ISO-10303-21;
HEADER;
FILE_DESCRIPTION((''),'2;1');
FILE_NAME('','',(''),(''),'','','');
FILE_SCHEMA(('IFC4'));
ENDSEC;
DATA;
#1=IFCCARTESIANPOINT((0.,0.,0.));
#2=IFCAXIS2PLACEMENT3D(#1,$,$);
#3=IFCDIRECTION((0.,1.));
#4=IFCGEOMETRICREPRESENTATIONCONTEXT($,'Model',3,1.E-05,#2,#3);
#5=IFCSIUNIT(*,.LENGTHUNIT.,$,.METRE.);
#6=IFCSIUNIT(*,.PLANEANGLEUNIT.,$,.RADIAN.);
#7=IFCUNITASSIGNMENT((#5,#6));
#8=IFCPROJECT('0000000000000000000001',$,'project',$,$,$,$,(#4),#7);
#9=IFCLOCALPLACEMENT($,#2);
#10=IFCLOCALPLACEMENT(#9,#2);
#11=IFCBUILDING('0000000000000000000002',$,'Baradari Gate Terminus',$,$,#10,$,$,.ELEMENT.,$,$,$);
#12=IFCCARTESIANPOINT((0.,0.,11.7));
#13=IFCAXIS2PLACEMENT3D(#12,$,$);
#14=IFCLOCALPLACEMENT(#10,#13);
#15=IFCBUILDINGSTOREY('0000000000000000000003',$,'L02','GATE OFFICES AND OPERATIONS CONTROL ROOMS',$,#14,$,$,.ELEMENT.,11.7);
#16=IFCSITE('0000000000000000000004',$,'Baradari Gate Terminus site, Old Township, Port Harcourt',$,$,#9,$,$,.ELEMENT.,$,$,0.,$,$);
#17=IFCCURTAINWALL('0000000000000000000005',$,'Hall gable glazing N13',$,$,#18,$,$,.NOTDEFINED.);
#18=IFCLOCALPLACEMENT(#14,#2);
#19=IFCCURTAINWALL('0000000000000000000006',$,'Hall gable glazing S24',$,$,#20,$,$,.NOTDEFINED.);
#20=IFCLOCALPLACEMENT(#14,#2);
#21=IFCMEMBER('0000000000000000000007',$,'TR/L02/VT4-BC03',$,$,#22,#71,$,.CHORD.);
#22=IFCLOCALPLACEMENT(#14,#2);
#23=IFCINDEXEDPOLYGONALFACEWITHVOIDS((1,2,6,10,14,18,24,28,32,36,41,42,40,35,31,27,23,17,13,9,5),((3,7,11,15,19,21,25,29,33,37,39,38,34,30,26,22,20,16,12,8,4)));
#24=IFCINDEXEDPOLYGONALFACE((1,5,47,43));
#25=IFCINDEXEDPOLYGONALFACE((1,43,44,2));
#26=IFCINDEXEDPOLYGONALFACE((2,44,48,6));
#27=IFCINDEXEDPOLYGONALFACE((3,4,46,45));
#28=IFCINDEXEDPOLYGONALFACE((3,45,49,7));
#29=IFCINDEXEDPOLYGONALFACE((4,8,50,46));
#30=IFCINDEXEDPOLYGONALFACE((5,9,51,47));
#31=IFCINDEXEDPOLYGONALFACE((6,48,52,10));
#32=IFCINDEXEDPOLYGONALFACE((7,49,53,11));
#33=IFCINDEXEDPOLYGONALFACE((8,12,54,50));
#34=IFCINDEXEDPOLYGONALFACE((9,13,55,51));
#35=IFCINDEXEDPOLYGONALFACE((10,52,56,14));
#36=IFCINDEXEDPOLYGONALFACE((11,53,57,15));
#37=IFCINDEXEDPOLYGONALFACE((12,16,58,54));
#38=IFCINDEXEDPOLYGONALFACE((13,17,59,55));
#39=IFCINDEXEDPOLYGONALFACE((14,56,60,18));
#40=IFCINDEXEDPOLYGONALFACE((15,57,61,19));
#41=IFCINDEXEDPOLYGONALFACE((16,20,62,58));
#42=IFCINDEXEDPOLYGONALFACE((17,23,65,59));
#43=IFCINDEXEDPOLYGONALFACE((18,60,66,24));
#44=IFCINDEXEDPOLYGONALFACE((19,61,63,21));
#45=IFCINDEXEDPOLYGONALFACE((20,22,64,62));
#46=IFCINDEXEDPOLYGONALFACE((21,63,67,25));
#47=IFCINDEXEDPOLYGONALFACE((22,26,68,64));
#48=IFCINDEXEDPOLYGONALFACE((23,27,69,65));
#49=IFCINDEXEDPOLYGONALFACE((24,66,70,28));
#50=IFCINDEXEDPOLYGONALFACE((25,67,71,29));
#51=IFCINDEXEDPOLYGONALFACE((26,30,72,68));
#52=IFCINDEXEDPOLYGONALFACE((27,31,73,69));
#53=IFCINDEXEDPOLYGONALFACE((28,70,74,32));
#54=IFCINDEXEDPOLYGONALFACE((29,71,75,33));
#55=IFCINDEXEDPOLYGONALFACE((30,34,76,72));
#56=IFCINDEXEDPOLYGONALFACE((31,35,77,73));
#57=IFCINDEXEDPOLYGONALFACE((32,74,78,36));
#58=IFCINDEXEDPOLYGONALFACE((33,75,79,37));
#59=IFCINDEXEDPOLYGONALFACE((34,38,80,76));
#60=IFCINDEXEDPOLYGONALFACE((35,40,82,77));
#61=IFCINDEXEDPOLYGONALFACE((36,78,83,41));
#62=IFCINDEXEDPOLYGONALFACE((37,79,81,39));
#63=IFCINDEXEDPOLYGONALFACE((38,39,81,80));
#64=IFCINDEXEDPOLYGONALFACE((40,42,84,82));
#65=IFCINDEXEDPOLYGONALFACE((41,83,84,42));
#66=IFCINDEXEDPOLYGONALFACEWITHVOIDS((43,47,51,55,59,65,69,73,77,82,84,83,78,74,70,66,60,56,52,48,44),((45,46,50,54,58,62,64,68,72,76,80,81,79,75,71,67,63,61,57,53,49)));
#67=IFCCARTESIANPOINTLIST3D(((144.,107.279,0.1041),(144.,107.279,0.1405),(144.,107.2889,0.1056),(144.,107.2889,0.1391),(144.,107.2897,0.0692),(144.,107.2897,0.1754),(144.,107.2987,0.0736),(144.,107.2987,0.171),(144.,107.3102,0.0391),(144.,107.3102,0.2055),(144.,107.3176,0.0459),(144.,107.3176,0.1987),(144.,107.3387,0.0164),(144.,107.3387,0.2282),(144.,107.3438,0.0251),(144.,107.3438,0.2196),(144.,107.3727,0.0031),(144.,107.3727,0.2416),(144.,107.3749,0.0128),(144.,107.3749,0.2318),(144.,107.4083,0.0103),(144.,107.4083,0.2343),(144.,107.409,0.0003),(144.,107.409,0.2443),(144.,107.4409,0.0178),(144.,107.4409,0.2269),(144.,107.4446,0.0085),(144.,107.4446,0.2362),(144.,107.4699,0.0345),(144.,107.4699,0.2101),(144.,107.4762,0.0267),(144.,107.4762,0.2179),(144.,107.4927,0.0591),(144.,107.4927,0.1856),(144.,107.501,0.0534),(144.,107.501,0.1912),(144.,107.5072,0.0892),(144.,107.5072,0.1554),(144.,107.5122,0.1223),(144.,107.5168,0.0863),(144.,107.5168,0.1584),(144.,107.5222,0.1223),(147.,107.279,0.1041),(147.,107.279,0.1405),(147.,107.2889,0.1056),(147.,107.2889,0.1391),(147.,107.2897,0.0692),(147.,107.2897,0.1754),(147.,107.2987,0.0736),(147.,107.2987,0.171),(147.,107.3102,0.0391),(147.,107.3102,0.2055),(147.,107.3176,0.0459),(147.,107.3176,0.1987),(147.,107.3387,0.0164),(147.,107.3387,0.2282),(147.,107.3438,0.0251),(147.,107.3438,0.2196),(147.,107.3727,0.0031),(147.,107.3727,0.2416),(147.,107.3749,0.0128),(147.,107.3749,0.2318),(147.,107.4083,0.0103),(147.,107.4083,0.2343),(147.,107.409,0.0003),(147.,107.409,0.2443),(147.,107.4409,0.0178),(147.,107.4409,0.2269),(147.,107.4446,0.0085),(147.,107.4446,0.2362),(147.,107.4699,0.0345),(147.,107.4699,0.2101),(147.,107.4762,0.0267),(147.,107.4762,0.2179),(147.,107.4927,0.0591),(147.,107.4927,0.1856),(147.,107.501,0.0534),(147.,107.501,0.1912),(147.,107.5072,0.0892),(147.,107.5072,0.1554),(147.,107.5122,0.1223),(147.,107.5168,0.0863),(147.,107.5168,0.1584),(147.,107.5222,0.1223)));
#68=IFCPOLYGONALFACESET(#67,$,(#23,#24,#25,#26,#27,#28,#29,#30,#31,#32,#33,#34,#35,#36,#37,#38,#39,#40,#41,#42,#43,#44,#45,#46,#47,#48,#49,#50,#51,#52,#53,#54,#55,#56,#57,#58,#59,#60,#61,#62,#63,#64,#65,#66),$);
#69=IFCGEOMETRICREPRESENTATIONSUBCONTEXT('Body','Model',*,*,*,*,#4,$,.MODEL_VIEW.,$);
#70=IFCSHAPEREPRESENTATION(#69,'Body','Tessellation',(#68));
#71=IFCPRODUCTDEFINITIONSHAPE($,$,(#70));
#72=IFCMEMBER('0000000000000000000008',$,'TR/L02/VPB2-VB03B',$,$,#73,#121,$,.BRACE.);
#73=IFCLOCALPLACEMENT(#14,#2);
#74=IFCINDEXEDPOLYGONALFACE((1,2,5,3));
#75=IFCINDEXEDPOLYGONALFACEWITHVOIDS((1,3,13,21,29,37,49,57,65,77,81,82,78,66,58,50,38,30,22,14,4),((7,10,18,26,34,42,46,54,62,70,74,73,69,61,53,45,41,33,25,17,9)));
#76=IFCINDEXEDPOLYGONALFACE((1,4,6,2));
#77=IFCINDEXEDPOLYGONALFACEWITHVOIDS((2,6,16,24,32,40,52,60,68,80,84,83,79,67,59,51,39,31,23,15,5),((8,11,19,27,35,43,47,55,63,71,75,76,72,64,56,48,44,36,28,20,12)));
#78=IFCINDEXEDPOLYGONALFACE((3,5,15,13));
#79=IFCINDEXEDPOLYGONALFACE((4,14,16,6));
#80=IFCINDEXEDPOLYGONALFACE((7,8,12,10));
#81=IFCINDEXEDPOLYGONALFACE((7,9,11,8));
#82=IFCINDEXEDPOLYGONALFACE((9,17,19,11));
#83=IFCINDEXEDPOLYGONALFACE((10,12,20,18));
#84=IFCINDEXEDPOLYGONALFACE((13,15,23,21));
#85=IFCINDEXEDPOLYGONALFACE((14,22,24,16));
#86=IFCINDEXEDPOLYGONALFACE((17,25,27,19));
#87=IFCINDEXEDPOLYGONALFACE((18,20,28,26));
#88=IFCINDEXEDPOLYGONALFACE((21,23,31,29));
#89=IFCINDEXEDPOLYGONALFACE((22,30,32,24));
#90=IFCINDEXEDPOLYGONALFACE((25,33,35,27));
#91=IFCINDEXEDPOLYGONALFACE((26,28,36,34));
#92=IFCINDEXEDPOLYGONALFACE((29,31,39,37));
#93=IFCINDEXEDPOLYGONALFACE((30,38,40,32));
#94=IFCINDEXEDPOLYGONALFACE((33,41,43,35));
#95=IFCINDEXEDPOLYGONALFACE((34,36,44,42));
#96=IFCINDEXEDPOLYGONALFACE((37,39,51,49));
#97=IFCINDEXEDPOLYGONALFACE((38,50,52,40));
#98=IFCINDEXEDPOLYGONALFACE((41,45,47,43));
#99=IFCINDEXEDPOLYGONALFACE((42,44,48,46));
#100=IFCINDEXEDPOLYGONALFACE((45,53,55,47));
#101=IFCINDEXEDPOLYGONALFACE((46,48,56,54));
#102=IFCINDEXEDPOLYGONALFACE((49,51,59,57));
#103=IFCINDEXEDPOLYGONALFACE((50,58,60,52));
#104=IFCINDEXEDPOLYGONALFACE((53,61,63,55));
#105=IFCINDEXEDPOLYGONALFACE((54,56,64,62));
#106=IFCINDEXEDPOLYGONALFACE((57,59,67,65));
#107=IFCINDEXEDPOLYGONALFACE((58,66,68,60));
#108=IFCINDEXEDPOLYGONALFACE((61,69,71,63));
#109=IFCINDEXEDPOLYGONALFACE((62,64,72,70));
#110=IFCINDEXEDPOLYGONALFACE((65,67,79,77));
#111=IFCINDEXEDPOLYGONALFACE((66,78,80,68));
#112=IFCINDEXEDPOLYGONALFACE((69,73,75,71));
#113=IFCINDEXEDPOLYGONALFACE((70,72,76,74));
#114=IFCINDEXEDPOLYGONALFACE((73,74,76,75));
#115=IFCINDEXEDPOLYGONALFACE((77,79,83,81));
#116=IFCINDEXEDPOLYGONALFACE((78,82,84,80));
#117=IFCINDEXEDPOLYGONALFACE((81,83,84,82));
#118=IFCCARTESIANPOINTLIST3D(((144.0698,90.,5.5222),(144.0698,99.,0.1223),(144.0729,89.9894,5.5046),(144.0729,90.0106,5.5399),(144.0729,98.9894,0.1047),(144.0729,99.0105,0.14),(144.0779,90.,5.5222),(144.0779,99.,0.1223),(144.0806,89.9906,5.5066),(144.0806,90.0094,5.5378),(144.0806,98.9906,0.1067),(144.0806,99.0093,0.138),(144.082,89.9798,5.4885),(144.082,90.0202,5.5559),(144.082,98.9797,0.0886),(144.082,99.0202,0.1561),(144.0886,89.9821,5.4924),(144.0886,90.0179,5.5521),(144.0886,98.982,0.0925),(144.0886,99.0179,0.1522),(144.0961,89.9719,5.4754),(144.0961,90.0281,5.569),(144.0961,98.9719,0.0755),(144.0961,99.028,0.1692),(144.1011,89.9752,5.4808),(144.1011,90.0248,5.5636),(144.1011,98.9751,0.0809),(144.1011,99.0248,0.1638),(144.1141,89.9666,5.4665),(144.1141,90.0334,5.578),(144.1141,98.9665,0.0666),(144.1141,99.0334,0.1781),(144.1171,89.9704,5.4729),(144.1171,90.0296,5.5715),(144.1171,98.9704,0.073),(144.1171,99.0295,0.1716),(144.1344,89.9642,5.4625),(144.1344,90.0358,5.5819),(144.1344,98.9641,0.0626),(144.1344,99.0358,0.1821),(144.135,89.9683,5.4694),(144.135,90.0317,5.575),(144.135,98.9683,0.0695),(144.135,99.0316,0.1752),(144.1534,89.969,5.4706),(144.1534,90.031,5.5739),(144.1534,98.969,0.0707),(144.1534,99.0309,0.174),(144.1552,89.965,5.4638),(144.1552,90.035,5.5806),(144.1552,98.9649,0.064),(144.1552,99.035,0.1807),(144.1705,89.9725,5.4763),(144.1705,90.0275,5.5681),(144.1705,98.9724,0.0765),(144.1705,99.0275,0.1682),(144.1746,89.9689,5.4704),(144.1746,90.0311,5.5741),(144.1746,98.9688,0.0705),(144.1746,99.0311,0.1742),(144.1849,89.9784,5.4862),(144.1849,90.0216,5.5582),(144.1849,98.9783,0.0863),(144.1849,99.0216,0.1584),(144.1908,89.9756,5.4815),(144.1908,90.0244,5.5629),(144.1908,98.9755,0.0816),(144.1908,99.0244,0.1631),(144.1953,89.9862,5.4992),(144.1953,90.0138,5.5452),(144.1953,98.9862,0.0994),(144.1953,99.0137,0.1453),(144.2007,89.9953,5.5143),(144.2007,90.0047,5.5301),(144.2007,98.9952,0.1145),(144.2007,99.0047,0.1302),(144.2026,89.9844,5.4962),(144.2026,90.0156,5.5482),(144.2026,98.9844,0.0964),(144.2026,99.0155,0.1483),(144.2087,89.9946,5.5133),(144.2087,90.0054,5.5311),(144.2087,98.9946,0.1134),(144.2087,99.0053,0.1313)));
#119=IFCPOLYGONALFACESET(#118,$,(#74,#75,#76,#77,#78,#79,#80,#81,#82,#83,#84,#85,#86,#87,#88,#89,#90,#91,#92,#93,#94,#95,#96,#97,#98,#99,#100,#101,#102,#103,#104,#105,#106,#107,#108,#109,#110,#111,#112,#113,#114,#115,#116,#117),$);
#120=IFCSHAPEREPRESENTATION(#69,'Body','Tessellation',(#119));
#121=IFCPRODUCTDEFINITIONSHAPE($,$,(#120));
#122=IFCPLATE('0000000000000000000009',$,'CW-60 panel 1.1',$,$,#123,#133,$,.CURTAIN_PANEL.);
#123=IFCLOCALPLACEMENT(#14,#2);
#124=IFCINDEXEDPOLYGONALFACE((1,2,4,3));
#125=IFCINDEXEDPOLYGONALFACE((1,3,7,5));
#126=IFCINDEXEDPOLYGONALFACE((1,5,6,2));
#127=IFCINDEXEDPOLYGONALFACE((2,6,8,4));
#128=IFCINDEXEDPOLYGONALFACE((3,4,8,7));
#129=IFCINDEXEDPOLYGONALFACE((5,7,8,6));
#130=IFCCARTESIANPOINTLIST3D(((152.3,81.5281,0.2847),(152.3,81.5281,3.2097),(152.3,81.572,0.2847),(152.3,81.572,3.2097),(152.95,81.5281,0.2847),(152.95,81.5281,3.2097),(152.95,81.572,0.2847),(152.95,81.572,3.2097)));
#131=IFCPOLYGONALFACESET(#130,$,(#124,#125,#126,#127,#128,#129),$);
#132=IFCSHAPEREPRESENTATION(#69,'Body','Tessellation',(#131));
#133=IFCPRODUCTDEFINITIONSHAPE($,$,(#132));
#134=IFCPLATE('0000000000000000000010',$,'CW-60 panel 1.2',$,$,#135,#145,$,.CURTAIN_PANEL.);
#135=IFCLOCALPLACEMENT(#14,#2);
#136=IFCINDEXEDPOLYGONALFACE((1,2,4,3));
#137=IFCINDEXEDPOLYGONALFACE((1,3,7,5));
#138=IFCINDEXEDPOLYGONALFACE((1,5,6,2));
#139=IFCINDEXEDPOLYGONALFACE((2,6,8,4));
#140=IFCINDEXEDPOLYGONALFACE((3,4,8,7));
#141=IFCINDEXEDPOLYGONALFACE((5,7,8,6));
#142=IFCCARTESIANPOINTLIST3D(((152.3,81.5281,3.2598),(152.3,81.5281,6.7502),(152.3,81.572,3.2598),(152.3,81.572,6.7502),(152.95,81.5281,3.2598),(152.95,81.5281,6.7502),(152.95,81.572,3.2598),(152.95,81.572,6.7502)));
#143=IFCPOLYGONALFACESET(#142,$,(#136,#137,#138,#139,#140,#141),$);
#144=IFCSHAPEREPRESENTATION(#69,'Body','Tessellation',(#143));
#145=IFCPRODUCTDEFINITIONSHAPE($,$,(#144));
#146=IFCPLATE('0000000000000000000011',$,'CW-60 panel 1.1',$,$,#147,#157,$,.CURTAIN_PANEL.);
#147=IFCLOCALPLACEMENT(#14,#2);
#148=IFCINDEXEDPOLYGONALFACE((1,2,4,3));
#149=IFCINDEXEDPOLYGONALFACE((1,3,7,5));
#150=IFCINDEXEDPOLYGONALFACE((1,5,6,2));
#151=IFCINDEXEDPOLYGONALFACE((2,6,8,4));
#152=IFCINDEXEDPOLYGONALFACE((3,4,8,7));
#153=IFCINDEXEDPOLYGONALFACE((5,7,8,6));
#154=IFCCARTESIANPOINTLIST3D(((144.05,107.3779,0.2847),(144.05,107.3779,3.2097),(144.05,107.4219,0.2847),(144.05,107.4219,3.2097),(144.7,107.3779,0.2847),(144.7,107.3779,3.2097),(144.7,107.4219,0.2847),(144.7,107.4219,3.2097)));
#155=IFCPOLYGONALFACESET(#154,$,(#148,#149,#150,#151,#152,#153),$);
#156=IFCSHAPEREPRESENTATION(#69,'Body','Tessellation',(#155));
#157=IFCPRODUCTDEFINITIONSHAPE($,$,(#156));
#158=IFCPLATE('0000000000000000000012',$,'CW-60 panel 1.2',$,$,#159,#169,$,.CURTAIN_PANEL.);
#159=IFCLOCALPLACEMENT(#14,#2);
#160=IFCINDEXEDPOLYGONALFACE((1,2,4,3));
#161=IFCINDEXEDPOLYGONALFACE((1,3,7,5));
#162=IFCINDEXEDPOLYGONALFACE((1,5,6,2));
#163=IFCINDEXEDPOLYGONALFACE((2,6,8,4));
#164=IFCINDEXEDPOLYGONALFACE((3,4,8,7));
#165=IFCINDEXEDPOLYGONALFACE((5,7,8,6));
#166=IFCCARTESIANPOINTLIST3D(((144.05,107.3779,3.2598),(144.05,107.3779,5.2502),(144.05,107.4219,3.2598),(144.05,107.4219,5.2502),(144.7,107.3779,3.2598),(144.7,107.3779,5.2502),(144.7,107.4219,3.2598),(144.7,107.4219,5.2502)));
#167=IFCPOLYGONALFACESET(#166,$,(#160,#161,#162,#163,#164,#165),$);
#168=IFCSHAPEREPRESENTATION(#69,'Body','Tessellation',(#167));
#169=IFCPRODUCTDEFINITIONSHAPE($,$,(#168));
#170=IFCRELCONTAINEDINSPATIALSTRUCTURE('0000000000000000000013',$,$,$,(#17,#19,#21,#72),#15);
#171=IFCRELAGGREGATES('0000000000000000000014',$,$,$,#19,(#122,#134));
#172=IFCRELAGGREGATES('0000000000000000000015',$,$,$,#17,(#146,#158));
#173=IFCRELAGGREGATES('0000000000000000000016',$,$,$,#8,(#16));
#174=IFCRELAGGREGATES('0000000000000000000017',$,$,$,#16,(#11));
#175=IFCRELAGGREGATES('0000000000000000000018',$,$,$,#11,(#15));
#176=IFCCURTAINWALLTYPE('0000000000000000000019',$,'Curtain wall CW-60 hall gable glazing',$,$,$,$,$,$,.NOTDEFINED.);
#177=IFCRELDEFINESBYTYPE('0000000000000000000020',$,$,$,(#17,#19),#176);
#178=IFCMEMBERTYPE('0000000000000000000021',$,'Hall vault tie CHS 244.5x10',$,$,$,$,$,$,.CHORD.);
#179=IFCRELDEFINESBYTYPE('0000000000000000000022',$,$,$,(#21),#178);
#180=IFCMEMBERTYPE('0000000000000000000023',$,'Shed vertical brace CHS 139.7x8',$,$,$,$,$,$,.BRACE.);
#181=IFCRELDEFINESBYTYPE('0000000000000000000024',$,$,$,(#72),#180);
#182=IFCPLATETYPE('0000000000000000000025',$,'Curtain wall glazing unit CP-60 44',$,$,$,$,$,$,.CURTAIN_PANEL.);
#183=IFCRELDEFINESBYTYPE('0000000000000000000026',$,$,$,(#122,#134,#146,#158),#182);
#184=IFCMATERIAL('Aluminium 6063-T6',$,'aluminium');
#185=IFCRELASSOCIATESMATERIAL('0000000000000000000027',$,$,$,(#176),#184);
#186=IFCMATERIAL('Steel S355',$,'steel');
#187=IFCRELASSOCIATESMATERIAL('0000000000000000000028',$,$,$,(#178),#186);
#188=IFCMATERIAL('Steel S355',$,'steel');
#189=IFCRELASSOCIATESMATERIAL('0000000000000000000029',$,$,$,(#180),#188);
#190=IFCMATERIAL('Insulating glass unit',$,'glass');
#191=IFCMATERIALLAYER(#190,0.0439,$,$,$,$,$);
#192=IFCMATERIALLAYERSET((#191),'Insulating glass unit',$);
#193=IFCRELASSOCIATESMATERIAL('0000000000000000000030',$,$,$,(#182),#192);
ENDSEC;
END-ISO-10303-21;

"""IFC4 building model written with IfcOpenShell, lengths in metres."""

from ifc_helpers import new_model, si_unit, direction, frame, origin, origin_2d, place, context, subcontext, project, spatial, rectangle, hollow_circle, extrude, material, layer, layer_set, material_profile, profile_set, type_object, element, aggregate, save


model = new_model("IFC4")

# Units and contexts
model_context = context("Model", 3, precision=1e-05, world=origin(), true_north=direction((0.0, 1.0)))
body_context = subcontext(model_context, "Body", "Model", "MODEL_VIEW")
ifc_project = project(units=[si_unit("LENGTHUNIT", "METRE"), si_unit("PLANEANGLEUNIT", "RADIAN")], contexts=[model_context])

# Site, building, storey
site_placement = place(None, origin())
site = spatial("IfcSite", under=ifc_project, at=site_placement, Name="Baradari Gate Terminus site, Old Township, Port Harcourt", CompositionType="ELEMENT", RefElevation=0.0)
building_placement = place(site_placement, origin())
building = spatial("IfcBuilding", under=site, at=building_placement, Name="Baradari Gate Terminus", CompositionType="ELEMENT")
storey_placement = place(building_placement, frame((0.0, 0.0, 11.7)))
storey = spatial("IfcBuildingStorey", under=building, at=storey_placement, Name="L02", Description="GATE OFFICES AND OPERATIONS CONTROL ROOMS", CompositionType="ELEMENT", Elevation=11.7)

# Curtain wall
ifc_material_1 = material(Name="Aluminium 6063-T6", Category="aluminium")
curtain_wall_type = type_object("IfcCurtainWallType", Name="Curtain wall CW-60 hall gable glazing", PredefinedType="NOTDEFINED", material=ifc_material_1)
curtain_wall_1_placement = place(storey_placement, origin())
curtain_wall_1 = element("IfcCurtainWall", 1, at=curtain_wall_1_placement, inside=storey, type_object=curtain_wall_type, Name="Hall gable glazing N13", PredefinedType="NOTDEFINED")

# Curtain wall
curtain_wall_2_placement = place(storey_placement, origin())
curtain_wall_2 = element("IfcCurtainWall", 2, at=curtain_wall_2_placement, inside=storey, type_object=curtain_wall_type, Name="Hall gable glazing S24", PredefinedType="NOTDEFINED")

# Members
ifc_material_2 = material(Name="Steel S355", Category="steel")
ifc_material_profile_1 = material_profile(ifc_material_2, hollow_circle(Radius=0.1223, WallThickness=0.01, at=origin_2d()), Name="CHS 244.5x10")
ifc_profile_set_1 = profile_set([ifc_material_profile_1], Name="Steel S355")
member_type_1 = type_object("IfcMemberType", Name="Hall vault tie CHS 244.5x10", PredefinedType="CHORD", material=ifc_profile_set_1)
for number, where, z_axis, x_axis, name in (
    (3, (144.0, 107.3999, 0.1223), (1.0, 0.0, 0.0), (0.0, 1.0, 0.0), "TR/L02/VT4-BC03"),
):
    element("IfcMember", number, at=place(storey_placement, frame(where, z_axis=z_axis, x_axis=x_axis)), inside=storey, type_object=member_type_1, Name=name, PredefinedType="CHORD", context=body_context, shape_type="SweptSolid", body=[
        extrude(hollow_circle(Radius=0.1223, WallThickness=0.01, at=origin_2d()), origin(), (0.0, 0.0, 1.0), 3.0),
    ])
ifc_material_3 = material(Name="Steel S355", Category="steel")
ifc_material_profile_2 = material_profile(ifc_material_3, hollow_circle(Radius=0.0698, WallThickness=0.0081, at=origin_2d()), Name="CHS 139.7x8")
ifc_profile_set_2 = profile_set([ifc_material_profile_2], Name="Steel S355")
member_type_2 = type_object("IfcMemberType", Name="Shed vertical brace CHS 139.7x8", PredefinedType="BRACE", material=ifc_profile_set_2)
member_1_placement = place(storey_placement, frame((144.1396, 90.0, 5.5222), z_axis=(0.0, 0.857497, -0.514489), x_axis=(-1.0, 0.0, 0.0)))
element("IfcMember", 4, at=member_1_placement, inside=storey, type_object=member_type_2, Name="TR/L02/VPB2-VB03B", PredefinedType="BRACE", context=body_context, shape_type="SweptSolid", body=[
    extrude(hollow_circle(Radius=0.0698, WallThickness=0.0081, at=origin_2d()), origin(), (0.0, 0.0, 1.0), 10.4956),
])

# Plates
ifc_material_4 = material(Name="Insulating glass unit", Category="glass")
ifc_layer = layer(ifc_material_4, 0.0439)
ifc_layer_set = layer_set([ifc_layer], Name="Insulating glass unit")
plate_type = type_object("IfcPlateType", Name="Curtain wall glazing unit CP-60 44", PredefinedType="CURTAIN_PANEL", material=ifc_layer_set)
plate_1_placement = place(storey_placement, frame((152.625, 81.55, 0.2847), z_axis=(0.0, 0.0, 1.0), x_axis=(1.0, 0.0, 0.0)))
plate_1 = element("IfcPlate", 5, at=plate_1_placement, type_object=plate_type, Name="CW-60 panel 1.1", PredefinedType="CURTAIN_PANEL", context=body_context, shape_type="SweptSolid", body=[
    extrude(rectangle(XDim=0.6499, YDim=0.0439, at=origin_2d()), origin(), (0.0, 0.0, 1.0), 2.925),
])
plate_2_placement = place(storey_placement, frame((152.625, 81.55, 3.2598), z_axis=(0.0, 0.0, 1.0), x_axis=(1.0, 0.0, 0.0)))
plate_2 = element("IfcPlate", 6, at=plate_2_placement, type_object=plate_type, Name="CW-60 panel 1.2", PredefinedType="CURTAIN_PANEL", context=body_context, shape_type="SweptSolid", body=[
    extrude(rectangle(XDim=0.6499, YDim=0.0439, at=origin_2d()), origin(), (0.0, 0.0, 1.0), 3.4905),
])
aggregate(curtain_wall_2, [plate_1, plate_2])
plate_3_placement = place(storey_placement, frame((144.375, 107.3999, 0.2847), z_axis=(0.0, 0.0, 1.0), x_axis=(1.0, 0.0, 0.0)))
plate_3 = element("IfcPlate", 7, at=plate_3_placement, type_object=plate_type, Name="CW-60 panel 1.1", PredefinedType="CURTAIN_PANEL", context=body_context, shape_type="SweptSolid", body=[
    extrude(rectangle(XDim=0.6499, YDim=0.0439, at=origin_2d()), origin(), (0.0, 0.0, 1.0), 2.925),
])
plate_4_placement = place(storey_placement, frame((144.375, 107.3999, 3.2598), z_axis=(0.0, 0.0, 1.0), x_axis=(1.0, 0.0, 0.0)))
plate_4 = element("IfcPlate", 8, at=plate_4_placement, type_object=plate_type, Name="CW-60 panel 1.2", PredefinedType="CURTAIN_PANEL", context=body_context, shape_type="SweptSolid", body=[
    extrude(rectangle(XDim=0.6499, YDim=0.0439, at=origin_2d()), origin(), (0.0, 0.0, 1.0), 1.9905),
])
aggregate(curtain_wall_1, [plate_3, plate_4])

save(model, "model.ifc")
